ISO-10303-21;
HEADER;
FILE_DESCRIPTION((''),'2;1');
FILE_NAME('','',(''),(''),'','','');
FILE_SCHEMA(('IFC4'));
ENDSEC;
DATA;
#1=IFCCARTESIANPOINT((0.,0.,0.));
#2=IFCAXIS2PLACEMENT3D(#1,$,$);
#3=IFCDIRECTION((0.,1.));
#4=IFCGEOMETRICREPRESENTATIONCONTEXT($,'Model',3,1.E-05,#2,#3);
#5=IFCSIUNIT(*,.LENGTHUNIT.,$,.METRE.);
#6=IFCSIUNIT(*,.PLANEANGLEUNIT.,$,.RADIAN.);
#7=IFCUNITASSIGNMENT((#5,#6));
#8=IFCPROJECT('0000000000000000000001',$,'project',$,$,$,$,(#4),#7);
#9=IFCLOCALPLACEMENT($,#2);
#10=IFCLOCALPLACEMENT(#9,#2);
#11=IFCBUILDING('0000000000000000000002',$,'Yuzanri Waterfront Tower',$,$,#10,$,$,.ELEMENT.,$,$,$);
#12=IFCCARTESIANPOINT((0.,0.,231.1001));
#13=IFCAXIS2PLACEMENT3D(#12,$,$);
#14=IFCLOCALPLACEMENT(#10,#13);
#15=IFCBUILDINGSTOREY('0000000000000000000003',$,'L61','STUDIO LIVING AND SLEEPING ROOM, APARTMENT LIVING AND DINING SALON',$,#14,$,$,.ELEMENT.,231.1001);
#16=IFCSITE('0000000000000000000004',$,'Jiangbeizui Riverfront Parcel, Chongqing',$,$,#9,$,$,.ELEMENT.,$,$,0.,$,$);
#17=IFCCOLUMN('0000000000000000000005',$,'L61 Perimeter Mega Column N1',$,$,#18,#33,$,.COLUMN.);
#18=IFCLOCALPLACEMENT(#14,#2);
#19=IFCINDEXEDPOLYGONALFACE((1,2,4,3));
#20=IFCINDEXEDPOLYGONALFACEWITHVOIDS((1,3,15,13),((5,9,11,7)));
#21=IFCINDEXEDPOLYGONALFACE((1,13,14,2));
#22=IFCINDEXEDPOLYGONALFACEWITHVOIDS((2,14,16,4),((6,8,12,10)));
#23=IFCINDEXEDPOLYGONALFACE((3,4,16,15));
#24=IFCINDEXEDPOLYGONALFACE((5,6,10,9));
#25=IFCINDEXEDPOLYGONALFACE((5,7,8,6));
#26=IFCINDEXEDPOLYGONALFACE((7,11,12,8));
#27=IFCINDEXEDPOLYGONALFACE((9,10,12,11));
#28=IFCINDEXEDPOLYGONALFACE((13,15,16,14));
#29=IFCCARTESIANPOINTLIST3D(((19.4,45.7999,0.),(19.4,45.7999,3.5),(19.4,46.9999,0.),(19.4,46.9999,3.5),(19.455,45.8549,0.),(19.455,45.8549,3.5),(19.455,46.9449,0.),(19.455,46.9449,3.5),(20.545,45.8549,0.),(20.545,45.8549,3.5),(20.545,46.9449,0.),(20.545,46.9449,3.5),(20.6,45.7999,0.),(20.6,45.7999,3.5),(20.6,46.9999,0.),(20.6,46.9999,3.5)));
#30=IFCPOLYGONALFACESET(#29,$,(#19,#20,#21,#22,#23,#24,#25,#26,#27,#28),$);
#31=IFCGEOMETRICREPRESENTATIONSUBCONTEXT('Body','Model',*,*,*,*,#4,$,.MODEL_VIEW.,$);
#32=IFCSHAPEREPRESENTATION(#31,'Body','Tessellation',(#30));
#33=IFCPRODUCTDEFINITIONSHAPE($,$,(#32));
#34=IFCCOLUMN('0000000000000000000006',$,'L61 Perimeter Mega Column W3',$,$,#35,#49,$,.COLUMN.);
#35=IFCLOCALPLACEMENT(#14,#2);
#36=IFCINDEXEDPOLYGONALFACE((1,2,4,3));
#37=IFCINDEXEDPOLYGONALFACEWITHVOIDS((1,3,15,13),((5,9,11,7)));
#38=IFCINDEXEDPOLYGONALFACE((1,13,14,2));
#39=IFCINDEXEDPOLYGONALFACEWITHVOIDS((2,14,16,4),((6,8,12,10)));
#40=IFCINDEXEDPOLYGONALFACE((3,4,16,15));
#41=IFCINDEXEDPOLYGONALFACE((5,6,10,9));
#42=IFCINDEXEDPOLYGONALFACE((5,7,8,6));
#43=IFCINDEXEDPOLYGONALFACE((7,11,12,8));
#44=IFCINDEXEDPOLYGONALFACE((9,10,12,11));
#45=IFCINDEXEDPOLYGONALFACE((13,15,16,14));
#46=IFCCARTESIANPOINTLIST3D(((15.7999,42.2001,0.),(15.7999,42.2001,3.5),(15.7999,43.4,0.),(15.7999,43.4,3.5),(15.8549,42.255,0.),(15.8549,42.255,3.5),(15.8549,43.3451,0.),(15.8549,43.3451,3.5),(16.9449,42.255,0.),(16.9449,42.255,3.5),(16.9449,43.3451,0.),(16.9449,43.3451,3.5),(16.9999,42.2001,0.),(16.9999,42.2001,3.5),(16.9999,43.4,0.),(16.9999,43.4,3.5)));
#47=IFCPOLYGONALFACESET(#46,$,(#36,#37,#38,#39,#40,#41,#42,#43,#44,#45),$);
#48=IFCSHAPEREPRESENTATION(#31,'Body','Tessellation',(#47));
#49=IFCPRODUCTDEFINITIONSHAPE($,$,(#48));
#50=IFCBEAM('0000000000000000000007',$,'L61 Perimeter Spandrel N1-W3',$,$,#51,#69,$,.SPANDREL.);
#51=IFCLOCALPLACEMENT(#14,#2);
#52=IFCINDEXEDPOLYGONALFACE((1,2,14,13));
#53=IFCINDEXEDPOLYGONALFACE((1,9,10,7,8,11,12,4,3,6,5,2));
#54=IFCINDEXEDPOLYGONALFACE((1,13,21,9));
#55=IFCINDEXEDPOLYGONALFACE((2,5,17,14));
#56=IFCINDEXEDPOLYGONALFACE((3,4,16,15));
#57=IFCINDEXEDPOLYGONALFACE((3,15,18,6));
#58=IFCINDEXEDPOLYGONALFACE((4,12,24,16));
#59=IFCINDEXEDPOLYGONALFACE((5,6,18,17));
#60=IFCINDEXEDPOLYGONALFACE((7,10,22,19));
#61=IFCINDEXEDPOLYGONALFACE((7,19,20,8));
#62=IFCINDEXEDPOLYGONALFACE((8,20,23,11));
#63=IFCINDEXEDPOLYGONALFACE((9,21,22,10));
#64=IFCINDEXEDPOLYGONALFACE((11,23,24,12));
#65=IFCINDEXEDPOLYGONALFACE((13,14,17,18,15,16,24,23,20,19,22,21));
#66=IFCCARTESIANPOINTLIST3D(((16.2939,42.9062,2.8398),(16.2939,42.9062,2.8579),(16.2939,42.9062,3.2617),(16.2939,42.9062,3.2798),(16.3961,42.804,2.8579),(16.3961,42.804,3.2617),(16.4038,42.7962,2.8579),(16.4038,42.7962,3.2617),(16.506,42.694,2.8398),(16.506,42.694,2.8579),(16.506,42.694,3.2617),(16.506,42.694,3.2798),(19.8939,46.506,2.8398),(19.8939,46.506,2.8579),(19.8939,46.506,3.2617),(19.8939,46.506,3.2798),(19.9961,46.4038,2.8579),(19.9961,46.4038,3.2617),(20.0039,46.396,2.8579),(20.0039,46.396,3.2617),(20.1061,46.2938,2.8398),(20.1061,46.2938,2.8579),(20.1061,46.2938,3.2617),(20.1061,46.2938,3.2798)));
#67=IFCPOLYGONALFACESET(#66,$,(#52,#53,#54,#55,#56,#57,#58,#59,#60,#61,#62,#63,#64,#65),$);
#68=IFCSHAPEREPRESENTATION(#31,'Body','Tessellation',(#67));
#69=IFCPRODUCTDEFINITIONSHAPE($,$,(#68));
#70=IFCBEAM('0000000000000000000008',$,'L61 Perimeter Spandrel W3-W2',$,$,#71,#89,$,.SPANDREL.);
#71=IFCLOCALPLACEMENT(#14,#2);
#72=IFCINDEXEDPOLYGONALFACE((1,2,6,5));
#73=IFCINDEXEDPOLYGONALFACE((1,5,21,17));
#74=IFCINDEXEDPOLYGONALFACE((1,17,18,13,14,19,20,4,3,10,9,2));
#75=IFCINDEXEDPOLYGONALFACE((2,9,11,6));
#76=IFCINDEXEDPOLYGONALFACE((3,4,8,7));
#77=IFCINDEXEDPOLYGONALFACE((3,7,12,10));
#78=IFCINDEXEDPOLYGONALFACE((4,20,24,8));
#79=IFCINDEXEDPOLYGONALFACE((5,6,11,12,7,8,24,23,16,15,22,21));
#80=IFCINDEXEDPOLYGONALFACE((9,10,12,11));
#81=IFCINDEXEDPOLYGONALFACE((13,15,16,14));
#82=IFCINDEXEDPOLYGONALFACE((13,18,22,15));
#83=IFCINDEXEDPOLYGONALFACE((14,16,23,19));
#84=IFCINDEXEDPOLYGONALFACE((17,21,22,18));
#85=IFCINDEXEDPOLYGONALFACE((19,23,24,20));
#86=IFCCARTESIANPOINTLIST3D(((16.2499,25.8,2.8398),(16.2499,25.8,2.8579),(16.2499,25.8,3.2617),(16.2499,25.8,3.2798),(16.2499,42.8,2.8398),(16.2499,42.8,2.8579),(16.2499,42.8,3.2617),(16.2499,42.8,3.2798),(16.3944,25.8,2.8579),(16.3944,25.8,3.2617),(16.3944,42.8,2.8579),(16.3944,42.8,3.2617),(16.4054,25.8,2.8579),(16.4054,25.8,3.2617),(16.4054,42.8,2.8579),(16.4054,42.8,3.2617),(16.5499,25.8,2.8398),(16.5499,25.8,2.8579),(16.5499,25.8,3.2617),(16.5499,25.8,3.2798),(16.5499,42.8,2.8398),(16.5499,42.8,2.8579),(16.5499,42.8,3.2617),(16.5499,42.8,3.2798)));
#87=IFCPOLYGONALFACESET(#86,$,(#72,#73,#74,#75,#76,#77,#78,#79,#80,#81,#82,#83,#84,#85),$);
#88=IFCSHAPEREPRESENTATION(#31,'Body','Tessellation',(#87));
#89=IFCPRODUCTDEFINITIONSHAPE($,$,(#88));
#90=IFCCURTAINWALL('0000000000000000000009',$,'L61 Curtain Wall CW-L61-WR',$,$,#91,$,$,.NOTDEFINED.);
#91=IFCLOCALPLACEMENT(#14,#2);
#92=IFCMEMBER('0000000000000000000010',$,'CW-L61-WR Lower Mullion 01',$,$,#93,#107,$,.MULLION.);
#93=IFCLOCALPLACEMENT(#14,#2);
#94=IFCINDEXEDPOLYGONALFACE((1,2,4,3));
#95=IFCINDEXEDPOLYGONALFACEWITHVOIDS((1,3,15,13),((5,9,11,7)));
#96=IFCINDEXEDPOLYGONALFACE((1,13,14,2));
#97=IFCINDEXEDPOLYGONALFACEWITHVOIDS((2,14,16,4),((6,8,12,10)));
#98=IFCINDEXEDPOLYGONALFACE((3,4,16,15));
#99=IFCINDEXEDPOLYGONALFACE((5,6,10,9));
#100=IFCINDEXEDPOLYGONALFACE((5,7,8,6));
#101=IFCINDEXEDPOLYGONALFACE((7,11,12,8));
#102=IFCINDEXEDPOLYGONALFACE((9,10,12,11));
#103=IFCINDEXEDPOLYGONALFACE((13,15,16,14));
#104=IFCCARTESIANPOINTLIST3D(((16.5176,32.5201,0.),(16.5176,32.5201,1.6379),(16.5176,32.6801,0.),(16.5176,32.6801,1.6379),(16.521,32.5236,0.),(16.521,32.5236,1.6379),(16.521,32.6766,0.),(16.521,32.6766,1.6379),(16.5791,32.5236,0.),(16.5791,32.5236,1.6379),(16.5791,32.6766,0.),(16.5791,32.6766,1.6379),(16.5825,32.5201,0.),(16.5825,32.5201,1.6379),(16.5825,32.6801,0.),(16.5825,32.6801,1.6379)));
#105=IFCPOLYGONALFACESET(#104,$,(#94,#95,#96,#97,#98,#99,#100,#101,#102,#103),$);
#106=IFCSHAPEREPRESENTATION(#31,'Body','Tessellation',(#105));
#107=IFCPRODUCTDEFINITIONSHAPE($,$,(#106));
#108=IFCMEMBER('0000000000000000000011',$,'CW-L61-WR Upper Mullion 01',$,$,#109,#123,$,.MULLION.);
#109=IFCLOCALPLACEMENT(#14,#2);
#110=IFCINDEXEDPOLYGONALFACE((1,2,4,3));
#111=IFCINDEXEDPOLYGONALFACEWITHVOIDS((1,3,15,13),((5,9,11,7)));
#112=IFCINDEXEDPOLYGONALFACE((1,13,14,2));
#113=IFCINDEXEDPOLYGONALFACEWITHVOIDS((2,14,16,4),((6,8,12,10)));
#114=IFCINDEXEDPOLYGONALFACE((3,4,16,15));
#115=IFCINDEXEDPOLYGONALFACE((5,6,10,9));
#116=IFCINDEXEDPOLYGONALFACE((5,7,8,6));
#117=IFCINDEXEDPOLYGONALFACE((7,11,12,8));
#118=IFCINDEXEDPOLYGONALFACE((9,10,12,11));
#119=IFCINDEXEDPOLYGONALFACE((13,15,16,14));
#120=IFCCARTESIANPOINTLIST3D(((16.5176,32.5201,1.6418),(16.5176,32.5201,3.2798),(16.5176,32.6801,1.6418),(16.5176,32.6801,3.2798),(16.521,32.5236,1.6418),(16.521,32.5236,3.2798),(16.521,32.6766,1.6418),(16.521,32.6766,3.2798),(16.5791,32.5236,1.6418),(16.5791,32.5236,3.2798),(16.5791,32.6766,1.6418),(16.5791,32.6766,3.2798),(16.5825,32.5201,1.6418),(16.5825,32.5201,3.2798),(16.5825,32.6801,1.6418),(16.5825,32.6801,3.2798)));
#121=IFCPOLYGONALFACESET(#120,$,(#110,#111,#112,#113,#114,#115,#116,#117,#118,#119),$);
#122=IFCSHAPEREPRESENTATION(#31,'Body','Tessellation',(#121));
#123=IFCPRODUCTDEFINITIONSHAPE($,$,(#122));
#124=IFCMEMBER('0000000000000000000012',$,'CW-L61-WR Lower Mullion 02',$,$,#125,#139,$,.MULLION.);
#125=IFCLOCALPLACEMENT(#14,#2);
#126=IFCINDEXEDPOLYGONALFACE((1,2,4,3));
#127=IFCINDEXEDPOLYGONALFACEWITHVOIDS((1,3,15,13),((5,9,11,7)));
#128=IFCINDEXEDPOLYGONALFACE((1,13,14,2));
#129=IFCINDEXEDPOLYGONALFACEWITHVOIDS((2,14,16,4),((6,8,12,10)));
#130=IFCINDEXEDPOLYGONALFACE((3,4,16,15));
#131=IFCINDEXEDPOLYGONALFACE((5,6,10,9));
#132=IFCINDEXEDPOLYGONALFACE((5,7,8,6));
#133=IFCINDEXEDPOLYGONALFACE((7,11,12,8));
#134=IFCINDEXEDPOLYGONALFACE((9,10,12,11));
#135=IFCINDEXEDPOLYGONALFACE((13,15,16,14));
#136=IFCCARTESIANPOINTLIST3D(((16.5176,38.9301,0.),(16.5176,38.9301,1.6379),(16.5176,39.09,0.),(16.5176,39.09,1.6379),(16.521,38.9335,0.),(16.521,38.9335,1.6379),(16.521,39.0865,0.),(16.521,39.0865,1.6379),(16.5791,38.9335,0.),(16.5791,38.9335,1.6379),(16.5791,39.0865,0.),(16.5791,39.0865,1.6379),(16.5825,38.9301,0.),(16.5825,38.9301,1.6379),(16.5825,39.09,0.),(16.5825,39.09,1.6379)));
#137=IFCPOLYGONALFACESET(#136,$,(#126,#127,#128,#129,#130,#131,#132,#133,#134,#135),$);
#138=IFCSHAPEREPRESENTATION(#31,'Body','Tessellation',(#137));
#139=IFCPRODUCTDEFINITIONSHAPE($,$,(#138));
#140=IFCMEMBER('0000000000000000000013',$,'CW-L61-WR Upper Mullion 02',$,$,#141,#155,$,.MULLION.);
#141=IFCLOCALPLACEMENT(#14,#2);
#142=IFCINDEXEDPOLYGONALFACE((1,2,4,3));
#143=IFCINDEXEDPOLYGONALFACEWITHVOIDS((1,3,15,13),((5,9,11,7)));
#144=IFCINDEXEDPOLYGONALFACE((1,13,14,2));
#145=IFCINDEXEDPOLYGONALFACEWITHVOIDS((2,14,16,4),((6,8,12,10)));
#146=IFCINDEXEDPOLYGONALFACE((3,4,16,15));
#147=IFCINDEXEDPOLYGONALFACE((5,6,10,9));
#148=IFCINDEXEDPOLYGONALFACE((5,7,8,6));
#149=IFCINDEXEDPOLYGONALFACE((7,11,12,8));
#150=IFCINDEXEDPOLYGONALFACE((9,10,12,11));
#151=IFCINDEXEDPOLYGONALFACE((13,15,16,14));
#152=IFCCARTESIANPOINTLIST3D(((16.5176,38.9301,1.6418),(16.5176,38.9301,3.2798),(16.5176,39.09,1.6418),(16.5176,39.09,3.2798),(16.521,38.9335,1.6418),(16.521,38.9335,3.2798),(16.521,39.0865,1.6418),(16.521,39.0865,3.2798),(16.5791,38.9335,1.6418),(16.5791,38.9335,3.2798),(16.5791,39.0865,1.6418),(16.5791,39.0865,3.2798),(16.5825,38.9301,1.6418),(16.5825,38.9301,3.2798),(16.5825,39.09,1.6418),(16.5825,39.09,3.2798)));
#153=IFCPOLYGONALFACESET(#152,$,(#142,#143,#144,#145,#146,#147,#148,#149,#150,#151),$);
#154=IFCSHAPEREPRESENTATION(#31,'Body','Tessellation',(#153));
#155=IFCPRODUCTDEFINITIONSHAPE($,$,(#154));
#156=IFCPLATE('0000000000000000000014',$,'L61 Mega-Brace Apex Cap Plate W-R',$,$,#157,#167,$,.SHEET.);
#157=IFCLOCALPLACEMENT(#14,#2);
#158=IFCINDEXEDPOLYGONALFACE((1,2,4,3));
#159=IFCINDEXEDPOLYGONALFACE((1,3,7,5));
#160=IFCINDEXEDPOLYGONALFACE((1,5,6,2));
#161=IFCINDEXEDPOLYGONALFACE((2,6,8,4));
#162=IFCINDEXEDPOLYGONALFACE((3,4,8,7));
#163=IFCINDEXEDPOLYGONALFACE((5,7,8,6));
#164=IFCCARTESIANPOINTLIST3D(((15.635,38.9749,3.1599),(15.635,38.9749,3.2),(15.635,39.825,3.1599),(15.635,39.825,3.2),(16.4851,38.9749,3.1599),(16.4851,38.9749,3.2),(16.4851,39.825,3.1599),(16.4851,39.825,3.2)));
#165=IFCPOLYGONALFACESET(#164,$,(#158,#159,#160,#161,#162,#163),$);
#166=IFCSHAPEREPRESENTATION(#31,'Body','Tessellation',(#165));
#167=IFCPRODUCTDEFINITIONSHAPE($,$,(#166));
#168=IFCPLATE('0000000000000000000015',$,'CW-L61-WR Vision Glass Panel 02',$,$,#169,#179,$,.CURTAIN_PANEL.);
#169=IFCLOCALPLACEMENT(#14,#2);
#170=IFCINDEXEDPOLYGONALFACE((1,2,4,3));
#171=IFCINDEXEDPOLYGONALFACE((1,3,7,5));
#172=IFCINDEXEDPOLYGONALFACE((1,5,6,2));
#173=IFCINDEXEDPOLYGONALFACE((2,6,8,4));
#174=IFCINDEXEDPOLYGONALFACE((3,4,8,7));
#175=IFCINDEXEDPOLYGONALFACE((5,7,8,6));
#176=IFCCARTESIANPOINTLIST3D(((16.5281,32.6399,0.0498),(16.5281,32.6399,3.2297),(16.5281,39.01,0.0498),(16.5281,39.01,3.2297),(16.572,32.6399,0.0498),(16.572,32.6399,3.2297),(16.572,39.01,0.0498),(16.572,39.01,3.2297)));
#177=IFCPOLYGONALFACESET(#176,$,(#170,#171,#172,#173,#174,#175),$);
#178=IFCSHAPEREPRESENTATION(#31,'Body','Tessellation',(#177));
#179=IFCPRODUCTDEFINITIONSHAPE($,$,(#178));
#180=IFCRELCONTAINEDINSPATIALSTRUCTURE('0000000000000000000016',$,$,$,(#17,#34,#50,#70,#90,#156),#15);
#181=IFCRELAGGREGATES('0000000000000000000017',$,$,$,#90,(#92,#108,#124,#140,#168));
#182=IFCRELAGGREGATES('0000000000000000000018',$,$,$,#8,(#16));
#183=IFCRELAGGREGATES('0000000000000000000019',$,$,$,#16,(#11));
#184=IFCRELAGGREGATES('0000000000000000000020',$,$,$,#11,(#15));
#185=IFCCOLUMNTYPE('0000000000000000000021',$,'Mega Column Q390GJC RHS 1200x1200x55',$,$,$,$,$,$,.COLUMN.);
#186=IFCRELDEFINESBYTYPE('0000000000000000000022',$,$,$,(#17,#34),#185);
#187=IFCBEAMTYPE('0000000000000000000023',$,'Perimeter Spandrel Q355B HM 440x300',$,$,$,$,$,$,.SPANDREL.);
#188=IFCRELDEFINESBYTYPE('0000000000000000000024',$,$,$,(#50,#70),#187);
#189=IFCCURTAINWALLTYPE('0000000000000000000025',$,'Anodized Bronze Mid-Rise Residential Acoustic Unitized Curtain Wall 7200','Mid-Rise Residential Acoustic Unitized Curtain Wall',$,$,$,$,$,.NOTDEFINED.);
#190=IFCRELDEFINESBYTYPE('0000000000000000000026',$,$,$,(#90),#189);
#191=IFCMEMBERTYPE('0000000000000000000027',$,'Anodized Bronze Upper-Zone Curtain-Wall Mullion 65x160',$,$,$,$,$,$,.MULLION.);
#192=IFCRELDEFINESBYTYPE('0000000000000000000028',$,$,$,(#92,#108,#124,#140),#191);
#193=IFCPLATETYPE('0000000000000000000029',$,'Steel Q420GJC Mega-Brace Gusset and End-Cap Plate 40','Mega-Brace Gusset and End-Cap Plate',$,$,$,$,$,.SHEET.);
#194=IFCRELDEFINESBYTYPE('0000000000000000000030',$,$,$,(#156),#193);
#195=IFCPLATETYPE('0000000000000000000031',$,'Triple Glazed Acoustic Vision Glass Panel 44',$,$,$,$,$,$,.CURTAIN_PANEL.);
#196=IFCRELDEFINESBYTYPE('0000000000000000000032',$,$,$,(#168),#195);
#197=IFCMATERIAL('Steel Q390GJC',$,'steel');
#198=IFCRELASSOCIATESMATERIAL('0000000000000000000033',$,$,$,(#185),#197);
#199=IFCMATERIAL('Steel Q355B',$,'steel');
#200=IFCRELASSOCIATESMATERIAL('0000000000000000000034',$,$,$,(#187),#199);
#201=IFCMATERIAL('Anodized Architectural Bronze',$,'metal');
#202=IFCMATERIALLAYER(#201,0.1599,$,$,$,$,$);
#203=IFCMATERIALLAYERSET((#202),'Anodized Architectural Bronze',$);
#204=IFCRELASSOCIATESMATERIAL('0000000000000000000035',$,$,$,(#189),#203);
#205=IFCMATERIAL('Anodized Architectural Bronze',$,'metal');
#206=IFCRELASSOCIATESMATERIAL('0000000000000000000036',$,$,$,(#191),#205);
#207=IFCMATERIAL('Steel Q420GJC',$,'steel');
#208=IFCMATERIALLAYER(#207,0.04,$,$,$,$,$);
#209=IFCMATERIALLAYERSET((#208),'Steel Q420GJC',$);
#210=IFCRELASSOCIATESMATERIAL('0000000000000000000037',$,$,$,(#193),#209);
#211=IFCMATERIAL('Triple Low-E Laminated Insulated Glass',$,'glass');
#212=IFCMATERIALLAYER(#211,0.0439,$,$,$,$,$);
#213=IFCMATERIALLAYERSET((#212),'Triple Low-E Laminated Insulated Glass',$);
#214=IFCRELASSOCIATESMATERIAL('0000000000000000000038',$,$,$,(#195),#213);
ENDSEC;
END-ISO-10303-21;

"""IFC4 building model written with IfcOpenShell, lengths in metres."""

from ifc_helpers import new_model, si_unit, direction, frame, origin, origin_2d, place, context, subcontext, project, spatial, rectangle, hollow_rectangle, i_section, extrude, source, transform, mapped, material, layer, layer_set, material_profile, profile_set, type_object, element, aggregate, save


model = new_model("IFC4")

# Units and contexts
model_context = context("Model", 3, precision=1e-05, world=origin(), true_north=direction((0.0, 1.0)))
body_context = subcontext(model_context, "Body", "Model", "MODEL_VIEW")
ifc_project = project(units=[si_unit("LENGTHUNIT", "METRE"), si_unit("PLANEANGLEUNIT", "RADIAN")], contexts=[model_context])

# Site, building, storey
site_placement = place(None, origin())
site = spatial("IfcSite", under=ifc_project, at=site_placement, Name="Jiangbeizui Riverfront Parcel, Chongqing", CompositionType="ELEMENT", RefElevation=0.0)
building_placement = place(site_placement, origin())
building = spatial("IfcBuilding", under=site, at=building_placement, Name="Yuzanri Waterfront Tower", CompositionType="ELEMENT")
storey_placement = place(building_placement, frame((0.0, 0.0, 231.1001)))
storey = spatial("IfcBuildingStorey", under=building, at=storey_placement, Name="L61", Description="STUDIO LIVING AND SLEEPING ROOM, APARTMENT LIVING AND DINING SALON", CompositionType="ELEMENT", Elevation=231.1001)

# Columns
ifc_material_1 = material(Name="Steel Q390GJC", Category="steel")
ifc_material_profile_1 = material_profile(ifc_material_1, hollow_rectangle(XDim=1.2, YDim=1.2, WallThickness=0.0549, at=origin_2d()), Name="RHS 1200x1200x55")
ifc_profile_set_1 = profile_set([ifc_material_profile_1], Name="Steel Q390GJC")
column_type = type_object("IfcColumnType", Name="Mega Column Q390GJC RHS 1200x1200x55", PredefinedType="COLUMN", material=ifc_profile_set_1)
shared_shape_1 = source(origin(), body_context, "Body", "SweptSolid", [
    extrude(hollow_rectangle(XDim=1.2, YDim=1.2, WallThickness=0.0549, at=origin_2d()), origin(), (0.0, 0.0, 1.0), 3.5),
])
for number, where, z_axis, x_axis, name in (
    (1, (20.0, 46.3999, 0.0), (0.0, 0.0, 1.0), (1.0, 0.0, 0.0), "L61 Perimeter Mega Column N1"),
    (2, (16.3999, 42.8, 0.0), (0.0, 0.0, 1.0), (1.0, 0.0, 0.0), "L61 Perimeter Mega Column W3"),
):
    element("IfcColumn", number, at=place(storey_placement, frame(where, z_axis=z_axis, x_axis=x_axis)), inside=storey, type_object=column_type, Name=name, PredefinedType="COLUMN", context=body_context, shape_type="MappedRepresentation", body=[
        mapped(shared_shape_1, transform((0.0, 0.0, 0.0), scale=1.0)),
    ])

# Beams
ifc_material_2 = material(Name="Steel Q355B", Category="steel")
ifc_material_profile_2 = material_profile(ifc_material_2, i_section(OverallWidth=0.3, OverallDepth=0.4399, WebThickness=0.011, FlangeThickness=0.0181, at=origin_2d()), Name="HM 440x300x11x18")
ifc_profile_set_2 = profile_set([ifc_material_profile_2], Name="Steel Q355B")
beam_type = type_object("IfcBeamType", Name="Perimeter Spandrel Q355B HM 440x300", PredefinedType="SPANDREL", material=ifc_profile_set_2)
shared_shape_2 = source(origin(), body_context, "Body", "SweptSolid", [
    extrude(i_section(OverallWidth=0.3, OverallDepth=0.4399, WebThickness=0.011, FlangeThickness=0.0181, at=origin_2d()), origin(), (0.0, 0.0, 1.0), 5.0911),
])
beam_1_placement = place(storey_placement, frame((20.0, 46.3999, 3.0598), z_axis=(-0.707131, -0.707083, 0.0), x_axis=(0.707083, -0.707131, 0.0)))
element("IfcBeam", 3, at=beam_1_placement, inside=storey, type_object=beam_type, Name="L61 Perimeter Spandrel N1-W3", PredefinedType="SPANDREL", context=body_context, shape_type="MappedRepresentation", body=[
    mapped(shared_shape_2, transform((0.0, 0.0, 0.0), scale=1.0)),
])
shared_shape_3 = source(origin(), body_context, "Body", "SweptSolid", [
    extrude(i_section(OverallWidth=0.3, OverallDepth=0.4399, WebThickness=0.011, FlangeThickness=0.0181, at=origin_2d()), origin(), (0.0, 0.0, 1.0), 17.0),
])
beam_2_placement = place(storey_placement, frame((16.3999, 42.8, 3.0598), z_axis=(0.0, -1.0, 0.0), x_axis=(1.0, 0.0, 0.0)))
element("IfcBeam", 4, at=beam_2_placement, inside=storey, type_object=beam_type, Name="L61 Perimeter Spandrel W3-W2", PredefinedType="SPANDREL", context=body_context, shape_type="MappedRepresentation", body=[
    mapped(shared_shape_3, transform((0.0, 0.0, 0.0), scale=1.0)),
])

# Curtain wall, members
ifc_material_3 = material(Name="Anodized Architectural Bronze", Category="metal")
ifc_layer_1 = layer(ifc_material_3, 0.1599)
ifc_layer_set_1 = layer_set([ifc_layer_1], Name="Anodized Architectural Bronze")
curtain_wall_type = type_object("IfcCurtainWallType", Name="Anodized Bronze Mid-Rise Residential Acoustic Unitized Curtain Wall 7200", Description="Mid-Rise Residential Acoustic Unitized Curtain Wall", PredefinedType="NOTDEFINED", material=ifc_layer_set_1)
curtain_wall_placement = place(storey_placement, origin())
curtain_wall = element("IfcCurtainWall", 5, at=curtain_wall_placement, inside=storey, type_object=curtain_wall_type, Name="L61 Curtain Wall CW-L61-WR", PredefinedType="NOTDEFINED")
ifc_material_4 = material(Name="Anodized Architectural Bronze", Category="metal")
ifc_material_profile_3 = material_profile(ifc_material_4, hollow_rectangle(XDim=0.0649, YDim=0.1599, WallThickness=0.0034, at=origin_2d()), Name="CWM 65x160")
ifc_profile_set_3 = profile_set([ifc_material_profile_3], Name="Anodized Architectural Bronze")
member_type = type_object("IfcMemberType", Name="Anodized Bronze Upper-Zone Curtain-Wall Mullion 65x160", PredefinedType="MULLION", material=ifc_profile_set_3)
shared_shape_4 = source(origin(), body_context, "Body", "SweptSolid", [
    extrude(hollow_rectangle(XDim=0.0649, YDim=0.1599, WallThickness=0.0034, at=origin_2d()), origin(), (0.0, 0.0, 1.0), 1.6379),
])
member_1_placement = place(storey_placement, frame((16.55, 32.6001, 0.0), z_axis=(0.0, 0.0, 1.0), x_axis=(1.0, 0.0, 0.0)))
member_1 = element("IfcMember", 6, at=member_1_placement, type_object=member_type, Name="CW-L61-WR Lower Mullion 01", PredefinedType="MULLION", context=body_context, shape_type="MappedRepresentation", body=[
    mapped(shared_shape_4, transform((0.0, 0.0, 0.0), scale=1.0)),
])
member_2_placement = place(storey_placement, frame((16.55, 32.6001, 1.6418), z_axis=(0.0, 0.0, 1.0), x_axis=(1.0, 0.0, 0.0)))
member_2 = element("IfcMember", 7, at=member_2_placement, type_object=member_type, Name="CW-L61-WR Upper Mullion 01", PredefinedType="MULLION", context=body_context, shape_type="MappedRepresentation", body=[
    mapped(shared_shape_4, transform((0.0, 0.0, 0.0), scale=1.0)),
])
member_3_placement = place(storey_placement, frame((16.55, 39.01, 0.0), z_axis=(0.0, 0.0, 1.0), x_axis=(1.0, 0.0, 0.0)))
member_3 = element("IfcMember", 8, at=member_3_placement, type_object=member_type, Name="CW-L61-WR Lower Mullion 02", PredefinedType="MULLION", context=body_context, shape_type="MappedRepresentation", body=[
    mapped(shared_shape_4, transform((0.0, 0.0, 0.0), scale=1.0)),
])
member_4_placement = place(storey_placement, frame((16.55, 39.01, 1.6418), z_axis=(0.0, 0.0, 1.0), x_axis=(1.0, 0.0, 0.0)))
member_4 = element("IfcMember", 9, at=member_4_placement, type_object=member_type, Name="CW-L61-WR Upper Mullion 02", PredefinedType="MULLION", context=body_context, shape_type="MappedRepresentation", body=[
    mapped(shared_shape_4, transform((0.0, 0.0, 0.0), scale=1.0)),
])

# Plates
ifc_material_5 = material(Name="Steel Q420GJC", Category="steel")
ifc_layer_2 = layer(ifc_material_5, 0.04)
ifc_layer_set_2 = layer_set([ifc_layer_2], Name="Steel Q420GJC")
plate_type_1 = type_object("IfcPlateType", Name="Steel Q420GJC Mega-Brace Gusset and End-Cap Plate 40", Description="Mega-Brace Gusset and End-Cap Plate", PredefinedType="SHEET", material=ifc_layer_set_2)
shared_shape_5 = source(origin(), body_context, "Body", "SweptSolid", [
    extrude(rectangle(XDim=0.8501, YDim=0.8501, at=origin_2d()), origin(), (0.0, 0.0, 1.0), 0.04),
])
plate_1_placement = place(storey_placement, frame((16.0601, 39.3999, 3.1599), z_axis=(0.0, 0.0, 1.0), x_axis=(1.0, 0.0, 0.0)))
element("IfcPlate", 10, at=plate_1_placement, inside=storey, type_object=plate_type_1, Name="L61 Mega-Brace Apex Cap Plate W-R", PredefinedType="SHEET", context=body_context, shape_type="MappedRepresentation", body=[
    mapped(shared_shape_5, transform((0.0, 0.0, 0.0), scale=1.0)),
])
ifc_material_6 = material(Name="Triple Low-E Laminated Insulated Glass", Category="glass")
ifc_layer_3 = layer(ifc_material_6, 0.0439)
ifc_layer_set_3 = layer_set([ifc_layer_3], Name="Triple Low-E Laminated Insulated Glass")
plate_type_2 = type_object("IfcPlateType", Name="Triple Glazed Acoustic Vision Glass Panel 44", PredefinedType="CURTAIN_PANEL", material=ifc_layer_set_3)
shared_shape_6 = source(origin(), body_context, "Body", "SweptSolid", [
    extrude(rectangle(XDim=6.3701, YDim=0.0439, at=origin_2d()), origin(), (0.0, 0.0, 1.0), 3.1799),
])
plate_2_placement = place(storey_placement, frame((16.55, 35.825, 0.0498), z_axis=(0.0, 0.0, 1.0), x_axis=(0.0, 1.0, 0.0)))
plate_2 = element("IfcPlate", 11, at=plate_2_placement, type_object=plate_type_2, Name="CW-L61-WR Vision Glass Panel 02", PredefinedType="CURTAIN_PANEL", context=body_context, shape_type="MappedRepresentation", body=[
    mapped(shared_shape_6, transform((0.0, 0.0, 0.0), scale=1.0)),
])
aggregate(curtain_wall, [member_1, member_2, member_3, member_4, plate_2])

save(model, "model.ifc")
